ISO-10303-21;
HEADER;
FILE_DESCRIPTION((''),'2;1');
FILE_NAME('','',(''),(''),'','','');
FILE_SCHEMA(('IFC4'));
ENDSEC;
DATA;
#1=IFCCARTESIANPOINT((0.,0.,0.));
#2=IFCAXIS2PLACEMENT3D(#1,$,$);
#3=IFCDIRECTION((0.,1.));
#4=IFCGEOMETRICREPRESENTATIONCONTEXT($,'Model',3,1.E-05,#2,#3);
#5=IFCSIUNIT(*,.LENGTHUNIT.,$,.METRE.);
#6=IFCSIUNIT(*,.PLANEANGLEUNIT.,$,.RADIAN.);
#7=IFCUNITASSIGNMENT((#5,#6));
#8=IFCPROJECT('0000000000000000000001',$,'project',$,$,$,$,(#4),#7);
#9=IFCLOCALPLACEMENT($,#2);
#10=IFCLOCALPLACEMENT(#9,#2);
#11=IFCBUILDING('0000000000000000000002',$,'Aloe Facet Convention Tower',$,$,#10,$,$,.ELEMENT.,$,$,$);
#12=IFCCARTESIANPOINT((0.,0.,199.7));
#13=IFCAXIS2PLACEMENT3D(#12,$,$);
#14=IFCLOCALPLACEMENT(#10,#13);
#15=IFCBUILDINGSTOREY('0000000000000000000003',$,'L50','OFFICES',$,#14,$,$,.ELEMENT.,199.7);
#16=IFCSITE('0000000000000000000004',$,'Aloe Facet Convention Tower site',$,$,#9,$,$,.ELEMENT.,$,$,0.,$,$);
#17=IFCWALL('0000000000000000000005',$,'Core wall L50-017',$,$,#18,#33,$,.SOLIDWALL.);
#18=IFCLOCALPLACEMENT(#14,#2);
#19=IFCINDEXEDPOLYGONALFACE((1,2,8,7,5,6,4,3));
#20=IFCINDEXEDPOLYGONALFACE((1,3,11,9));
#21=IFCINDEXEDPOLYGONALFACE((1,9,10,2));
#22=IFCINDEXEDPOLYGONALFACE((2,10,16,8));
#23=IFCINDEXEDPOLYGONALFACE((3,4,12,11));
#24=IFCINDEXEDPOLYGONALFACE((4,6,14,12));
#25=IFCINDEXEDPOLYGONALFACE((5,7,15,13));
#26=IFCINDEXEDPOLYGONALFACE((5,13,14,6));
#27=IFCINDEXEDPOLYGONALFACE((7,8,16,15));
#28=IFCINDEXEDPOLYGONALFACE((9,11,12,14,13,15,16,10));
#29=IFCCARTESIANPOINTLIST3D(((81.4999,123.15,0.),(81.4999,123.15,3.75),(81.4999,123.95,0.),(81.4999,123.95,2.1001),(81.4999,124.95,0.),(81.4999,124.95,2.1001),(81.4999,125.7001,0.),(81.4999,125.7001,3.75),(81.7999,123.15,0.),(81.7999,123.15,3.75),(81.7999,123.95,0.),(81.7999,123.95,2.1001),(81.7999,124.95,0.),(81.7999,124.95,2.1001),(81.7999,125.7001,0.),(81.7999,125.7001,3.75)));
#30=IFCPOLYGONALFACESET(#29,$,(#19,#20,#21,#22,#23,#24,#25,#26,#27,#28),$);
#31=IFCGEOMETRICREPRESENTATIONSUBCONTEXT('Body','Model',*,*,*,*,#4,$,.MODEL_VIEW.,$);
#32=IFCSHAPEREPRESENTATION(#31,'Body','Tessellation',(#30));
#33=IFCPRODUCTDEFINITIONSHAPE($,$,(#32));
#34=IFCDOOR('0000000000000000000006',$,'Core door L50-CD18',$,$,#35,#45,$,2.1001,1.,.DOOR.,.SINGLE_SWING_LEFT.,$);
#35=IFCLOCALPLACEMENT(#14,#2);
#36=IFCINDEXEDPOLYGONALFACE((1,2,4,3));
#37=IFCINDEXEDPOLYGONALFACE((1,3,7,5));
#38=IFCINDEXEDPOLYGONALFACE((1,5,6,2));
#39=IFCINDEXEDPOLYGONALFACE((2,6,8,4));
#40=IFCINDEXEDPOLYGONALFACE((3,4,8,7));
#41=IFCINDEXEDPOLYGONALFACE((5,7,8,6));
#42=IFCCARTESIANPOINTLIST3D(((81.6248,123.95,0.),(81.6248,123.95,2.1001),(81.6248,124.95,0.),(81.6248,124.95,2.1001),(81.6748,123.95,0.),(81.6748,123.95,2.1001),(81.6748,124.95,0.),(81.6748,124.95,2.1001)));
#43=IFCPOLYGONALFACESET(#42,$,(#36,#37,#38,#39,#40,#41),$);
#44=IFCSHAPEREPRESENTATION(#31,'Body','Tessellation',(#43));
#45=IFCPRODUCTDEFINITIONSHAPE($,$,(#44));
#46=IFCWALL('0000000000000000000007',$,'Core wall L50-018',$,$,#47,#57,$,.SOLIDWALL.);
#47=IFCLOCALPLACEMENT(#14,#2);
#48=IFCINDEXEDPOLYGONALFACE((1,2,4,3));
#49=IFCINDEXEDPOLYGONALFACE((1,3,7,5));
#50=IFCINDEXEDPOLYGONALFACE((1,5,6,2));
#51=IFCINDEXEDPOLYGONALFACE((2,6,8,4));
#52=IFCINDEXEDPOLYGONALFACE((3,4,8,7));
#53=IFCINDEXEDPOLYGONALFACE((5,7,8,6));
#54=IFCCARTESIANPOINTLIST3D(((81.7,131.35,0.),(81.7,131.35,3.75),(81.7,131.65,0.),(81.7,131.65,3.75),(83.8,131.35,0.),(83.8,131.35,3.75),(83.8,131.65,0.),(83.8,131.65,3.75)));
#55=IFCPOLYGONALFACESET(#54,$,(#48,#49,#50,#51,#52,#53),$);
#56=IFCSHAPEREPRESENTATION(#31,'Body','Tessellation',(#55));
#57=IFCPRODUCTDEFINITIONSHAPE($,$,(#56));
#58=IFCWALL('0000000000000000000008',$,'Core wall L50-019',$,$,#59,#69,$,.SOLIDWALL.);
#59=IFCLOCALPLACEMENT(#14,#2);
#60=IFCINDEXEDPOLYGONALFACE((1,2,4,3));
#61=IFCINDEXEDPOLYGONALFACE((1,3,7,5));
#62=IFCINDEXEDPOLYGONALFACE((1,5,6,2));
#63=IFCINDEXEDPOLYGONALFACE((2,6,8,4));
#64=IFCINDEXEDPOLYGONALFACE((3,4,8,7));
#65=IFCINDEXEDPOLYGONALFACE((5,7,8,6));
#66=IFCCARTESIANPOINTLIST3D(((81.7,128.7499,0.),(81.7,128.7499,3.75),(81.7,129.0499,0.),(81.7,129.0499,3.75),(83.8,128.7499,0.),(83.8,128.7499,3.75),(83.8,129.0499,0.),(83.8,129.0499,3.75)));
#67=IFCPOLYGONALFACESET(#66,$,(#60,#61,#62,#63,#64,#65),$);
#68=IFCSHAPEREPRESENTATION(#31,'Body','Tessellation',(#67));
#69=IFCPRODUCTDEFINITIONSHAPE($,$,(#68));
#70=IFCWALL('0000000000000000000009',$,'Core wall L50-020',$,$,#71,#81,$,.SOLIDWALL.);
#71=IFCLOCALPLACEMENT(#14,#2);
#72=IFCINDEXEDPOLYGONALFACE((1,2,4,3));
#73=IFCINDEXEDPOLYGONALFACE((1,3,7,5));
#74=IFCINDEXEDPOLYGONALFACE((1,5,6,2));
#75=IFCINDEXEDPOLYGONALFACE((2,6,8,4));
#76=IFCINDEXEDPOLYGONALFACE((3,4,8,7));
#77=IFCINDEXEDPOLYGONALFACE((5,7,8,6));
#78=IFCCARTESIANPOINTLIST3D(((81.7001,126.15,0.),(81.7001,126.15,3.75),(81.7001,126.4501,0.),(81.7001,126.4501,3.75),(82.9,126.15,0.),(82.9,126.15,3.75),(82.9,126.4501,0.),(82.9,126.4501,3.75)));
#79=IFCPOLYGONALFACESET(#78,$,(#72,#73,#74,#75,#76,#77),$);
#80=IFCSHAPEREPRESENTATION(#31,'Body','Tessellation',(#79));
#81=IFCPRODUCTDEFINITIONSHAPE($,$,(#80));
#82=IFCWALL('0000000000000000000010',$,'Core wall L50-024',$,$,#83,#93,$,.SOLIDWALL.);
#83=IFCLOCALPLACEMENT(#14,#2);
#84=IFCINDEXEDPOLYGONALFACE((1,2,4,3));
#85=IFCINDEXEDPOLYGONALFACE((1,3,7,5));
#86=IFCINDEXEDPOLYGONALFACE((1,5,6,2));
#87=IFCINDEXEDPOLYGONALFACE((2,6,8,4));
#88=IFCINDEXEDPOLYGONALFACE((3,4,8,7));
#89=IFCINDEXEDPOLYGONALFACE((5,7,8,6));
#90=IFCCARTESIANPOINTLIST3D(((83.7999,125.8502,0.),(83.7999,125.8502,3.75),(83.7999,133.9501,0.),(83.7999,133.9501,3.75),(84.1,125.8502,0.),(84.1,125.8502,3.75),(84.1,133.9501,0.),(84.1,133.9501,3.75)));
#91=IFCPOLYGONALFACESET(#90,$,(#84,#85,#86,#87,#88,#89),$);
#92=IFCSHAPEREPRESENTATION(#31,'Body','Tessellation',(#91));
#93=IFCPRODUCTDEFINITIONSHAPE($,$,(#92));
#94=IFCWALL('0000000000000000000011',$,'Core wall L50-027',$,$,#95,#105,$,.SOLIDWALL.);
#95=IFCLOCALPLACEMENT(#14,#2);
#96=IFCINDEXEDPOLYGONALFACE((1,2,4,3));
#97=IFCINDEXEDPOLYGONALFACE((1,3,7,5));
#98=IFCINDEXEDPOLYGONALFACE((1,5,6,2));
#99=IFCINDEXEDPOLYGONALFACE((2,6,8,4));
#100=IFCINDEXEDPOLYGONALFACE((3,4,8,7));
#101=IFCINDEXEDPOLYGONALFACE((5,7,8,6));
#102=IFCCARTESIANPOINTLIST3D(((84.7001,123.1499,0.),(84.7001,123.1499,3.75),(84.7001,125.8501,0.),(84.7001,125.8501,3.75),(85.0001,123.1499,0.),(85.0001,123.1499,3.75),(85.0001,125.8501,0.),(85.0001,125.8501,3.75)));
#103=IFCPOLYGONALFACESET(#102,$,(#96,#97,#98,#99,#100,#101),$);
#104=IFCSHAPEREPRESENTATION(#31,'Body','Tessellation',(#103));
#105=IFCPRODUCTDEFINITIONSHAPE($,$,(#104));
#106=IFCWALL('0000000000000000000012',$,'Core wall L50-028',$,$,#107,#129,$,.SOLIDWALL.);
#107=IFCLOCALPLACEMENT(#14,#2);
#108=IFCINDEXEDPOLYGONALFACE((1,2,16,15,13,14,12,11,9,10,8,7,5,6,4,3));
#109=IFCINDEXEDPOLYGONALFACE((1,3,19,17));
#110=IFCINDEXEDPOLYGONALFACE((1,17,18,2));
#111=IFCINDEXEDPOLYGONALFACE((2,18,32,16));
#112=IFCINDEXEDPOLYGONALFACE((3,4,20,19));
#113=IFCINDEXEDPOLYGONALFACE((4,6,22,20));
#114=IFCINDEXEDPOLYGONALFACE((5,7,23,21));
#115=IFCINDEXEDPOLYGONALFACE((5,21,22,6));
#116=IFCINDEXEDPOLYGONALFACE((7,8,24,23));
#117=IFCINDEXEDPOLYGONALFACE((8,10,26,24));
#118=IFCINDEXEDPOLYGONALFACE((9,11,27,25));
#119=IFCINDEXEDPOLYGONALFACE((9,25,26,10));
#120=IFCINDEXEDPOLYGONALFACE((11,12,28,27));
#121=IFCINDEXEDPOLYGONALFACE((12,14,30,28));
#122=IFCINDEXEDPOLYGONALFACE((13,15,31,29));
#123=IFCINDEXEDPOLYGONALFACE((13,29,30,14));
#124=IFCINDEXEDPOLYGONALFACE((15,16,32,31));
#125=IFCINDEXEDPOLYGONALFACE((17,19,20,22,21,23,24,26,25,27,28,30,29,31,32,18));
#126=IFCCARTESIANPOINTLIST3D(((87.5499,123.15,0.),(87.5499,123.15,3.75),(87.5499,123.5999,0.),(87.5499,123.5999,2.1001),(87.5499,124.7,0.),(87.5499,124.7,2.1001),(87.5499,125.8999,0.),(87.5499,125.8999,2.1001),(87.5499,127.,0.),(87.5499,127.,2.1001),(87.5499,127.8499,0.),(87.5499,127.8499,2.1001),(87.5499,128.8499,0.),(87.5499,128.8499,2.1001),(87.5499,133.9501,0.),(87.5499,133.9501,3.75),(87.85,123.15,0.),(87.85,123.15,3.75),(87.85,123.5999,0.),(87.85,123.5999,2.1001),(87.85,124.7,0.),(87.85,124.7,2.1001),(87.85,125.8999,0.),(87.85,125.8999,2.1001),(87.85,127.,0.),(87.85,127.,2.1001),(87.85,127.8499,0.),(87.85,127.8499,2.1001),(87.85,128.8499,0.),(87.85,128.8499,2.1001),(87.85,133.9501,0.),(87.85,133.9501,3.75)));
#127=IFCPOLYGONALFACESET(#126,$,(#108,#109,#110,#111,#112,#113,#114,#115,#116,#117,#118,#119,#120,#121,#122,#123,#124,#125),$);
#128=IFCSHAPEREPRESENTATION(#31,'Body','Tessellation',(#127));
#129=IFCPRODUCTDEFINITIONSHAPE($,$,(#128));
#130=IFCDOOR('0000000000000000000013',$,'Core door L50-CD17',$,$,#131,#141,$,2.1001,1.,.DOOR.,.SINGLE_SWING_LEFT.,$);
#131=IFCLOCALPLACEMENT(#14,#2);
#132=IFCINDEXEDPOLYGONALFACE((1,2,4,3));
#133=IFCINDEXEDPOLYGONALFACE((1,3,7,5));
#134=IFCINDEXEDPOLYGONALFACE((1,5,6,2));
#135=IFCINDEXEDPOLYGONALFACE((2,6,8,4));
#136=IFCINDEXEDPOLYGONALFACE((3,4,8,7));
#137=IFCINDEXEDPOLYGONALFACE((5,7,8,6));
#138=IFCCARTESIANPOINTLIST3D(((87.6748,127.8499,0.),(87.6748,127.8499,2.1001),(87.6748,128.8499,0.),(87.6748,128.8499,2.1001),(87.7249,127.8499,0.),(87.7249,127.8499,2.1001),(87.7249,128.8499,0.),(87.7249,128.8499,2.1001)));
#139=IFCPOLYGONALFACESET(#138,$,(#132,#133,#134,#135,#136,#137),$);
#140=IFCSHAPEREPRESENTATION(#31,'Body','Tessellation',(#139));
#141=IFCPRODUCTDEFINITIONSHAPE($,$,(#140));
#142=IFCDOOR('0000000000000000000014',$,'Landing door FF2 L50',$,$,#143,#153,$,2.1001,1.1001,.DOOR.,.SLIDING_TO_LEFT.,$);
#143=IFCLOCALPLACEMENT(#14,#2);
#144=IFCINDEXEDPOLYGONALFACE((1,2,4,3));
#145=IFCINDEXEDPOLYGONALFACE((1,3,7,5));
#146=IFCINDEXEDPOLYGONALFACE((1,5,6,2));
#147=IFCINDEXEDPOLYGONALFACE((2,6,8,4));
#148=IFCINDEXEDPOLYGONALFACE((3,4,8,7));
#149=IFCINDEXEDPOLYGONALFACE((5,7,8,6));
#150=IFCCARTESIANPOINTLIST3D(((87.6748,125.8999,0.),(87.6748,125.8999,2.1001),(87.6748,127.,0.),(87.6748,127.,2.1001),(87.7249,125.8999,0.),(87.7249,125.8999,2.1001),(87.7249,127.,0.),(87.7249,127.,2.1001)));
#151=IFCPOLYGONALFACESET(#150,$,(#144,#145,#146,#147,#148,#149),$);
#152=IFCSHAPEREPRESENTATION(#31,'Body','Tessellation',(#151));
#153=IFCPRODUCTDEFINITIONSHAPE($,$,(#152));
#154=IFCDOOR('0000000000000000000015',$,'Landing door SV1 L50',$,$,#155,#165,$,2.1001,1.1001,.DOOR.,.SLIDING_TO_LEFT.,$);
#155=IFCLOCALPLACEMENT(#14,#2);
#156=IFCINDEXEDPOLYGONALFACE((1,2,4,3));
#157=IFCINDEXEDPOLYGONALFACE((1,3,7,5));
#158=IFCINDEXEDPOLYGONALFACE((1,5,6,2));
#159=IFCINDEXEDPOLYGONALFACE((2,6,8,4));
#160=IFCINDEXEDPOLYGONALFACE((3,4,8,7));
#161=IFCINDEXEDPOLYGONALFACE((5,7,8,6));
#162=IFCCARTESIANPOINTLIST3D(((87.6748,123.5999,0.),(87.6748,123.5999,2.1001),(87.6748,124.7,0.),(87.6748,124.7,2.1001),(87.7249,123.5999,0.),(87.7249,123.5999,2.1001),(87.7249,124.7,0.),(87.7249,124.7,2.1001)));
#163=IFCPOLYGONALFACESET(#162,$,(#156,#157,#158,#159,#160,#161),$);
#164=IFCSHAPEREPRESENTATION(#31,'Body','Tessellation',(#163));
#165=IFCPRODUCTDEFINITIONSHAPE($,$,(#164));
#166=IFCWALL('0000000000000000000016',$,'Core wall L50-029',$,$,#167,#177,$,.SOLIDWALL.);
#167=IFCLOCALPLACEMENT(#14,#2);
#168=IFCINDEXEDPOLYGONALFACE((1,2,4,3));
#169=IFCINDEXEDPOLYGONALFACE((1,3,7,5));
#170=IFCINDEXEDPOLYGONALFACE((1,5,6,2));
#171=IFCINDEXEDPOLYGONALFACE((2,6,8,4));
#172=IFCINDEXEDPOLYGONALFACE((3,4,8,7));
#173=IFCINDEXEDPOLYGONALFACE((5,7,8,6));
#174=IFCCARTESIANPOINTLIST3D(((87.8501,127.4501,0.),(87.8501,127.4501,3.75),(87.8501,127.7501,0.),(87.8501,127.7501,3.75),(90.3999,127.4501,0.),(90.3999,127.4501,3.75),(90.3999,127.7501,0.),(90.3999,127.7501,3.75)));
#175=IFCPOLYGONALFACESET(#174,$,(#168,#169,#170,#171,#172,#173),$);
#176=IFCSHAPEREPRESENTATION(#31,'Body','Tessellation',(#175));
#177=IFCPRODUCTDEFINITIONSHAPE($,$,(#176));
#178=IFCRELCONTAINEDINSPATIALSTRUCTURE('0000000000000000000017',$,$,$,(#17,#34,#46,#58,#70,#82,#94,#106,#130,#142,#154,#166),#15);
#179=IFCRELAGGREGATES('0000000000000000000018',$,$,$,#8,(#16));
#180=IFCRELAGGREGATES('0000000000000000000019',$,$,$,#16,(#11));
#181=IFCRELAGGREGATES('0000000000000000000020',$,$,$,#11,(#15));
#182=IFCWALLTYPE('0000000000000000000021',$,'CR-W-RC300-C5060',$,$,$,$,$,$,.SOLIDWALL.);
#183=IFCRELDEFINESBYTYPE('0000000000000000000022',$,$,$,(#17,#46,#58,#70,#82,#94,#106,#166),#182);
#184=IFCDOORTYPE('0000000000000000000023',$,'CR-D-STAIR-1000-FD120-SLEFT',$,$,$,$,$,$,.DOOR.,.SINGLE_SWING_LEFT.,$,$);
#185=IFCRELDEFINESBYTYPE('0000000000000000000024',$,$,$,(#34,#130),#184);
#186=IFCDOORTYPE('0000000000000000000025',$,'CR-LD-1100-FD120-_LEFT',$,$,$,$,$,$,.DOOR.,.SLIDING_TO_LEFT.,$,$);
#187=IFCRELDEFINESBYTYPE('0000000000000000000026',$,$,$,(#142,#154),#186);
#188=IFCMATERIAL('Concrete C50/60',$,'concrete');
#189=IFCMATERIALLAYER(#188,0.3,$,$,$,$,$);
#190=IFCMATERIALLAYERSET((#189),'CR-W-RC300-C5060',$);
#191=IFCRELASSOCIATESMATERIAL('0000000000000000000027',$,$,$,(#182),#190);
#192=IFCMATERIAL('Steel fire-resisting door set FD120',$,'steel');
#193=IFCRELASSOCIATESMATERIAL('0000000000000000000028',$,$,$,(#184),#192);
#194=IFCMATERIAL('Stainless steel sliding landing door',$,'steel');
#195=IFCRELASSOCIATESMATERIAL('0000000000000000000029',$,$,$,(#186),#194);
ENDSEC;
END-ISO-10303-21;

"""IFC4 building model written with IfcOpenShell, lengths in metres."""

from ifc_helpers import new_model, si_unit, direction, frame, frame_2d, origin, place, context, subcontext, project, spatial, rectangle, extrude, material, layer, layer_set, type_object, element, fill, save


model = new_model("IFC4")

# Units and contexts
model_context = context("Model", 3, precision=1e-05, world=origin(), true_north=direction((0.0, 1.0)))
body_context = subcontext(model_context, "Body", "Model", "MODEL_VIEW")
ifc_project = project(units=[si_unit("LENGTHUNIT", "METRE"), si_unit("PLANEANGLEUNIT", "RADIAN")], contexts=[model_context])

# Site, building, storey
site_placement = place(None, origin())
site = spatial("IfcSite", under=ifc_project, at=site_placement, Name="Aloe Facet Convention Tower site", CompositionType="ELEMENT", RefElevation=0.0)
building_placement = place(site_placement, origin())
building = spatial("IfcBuilding", under=site, at=building_placement, Name="Aloe Facet Convention Tower", CompositionType="ELEMENT")
storey_placement = place(building_placement, frame((0.0, 0.0, 199.7)))
storey = spatial("IfcBuildingStorey", under=building, at=storey_placement, Name="L50", Description="OFFICES", CompositionType="ELEMENT", Elevation=199.7)

# Shared definitions
ifc_material_1 = material(Name="Concrete C50/60", Category="concrete")
ifc_layer_1 = layer(ifc_material_1, 0.3)
ifc_layer_set_1 = layer_set([ifc_layer_1], Name="CR-W-RC300-C5060")
wall_type_1 = type_object("IfcWallType", Name="CR-W-RC300-C5060", PredefinedType="SOLIDWALL", material=ifc_layer_set_1)

# Wall, opening, door
wall_1_placement = place(storey_placement, frame((81.6499, 125.7, 0.0), z_axis=(0.0, 0.0, 1.0), x_axis=(0.0, -1.0, 0.0)))
wall_1 = element("IfcWall", 1, at=wall_1_placement, inside=storey, type_object=wall_type_1, Name="Core wall L50-017", PredefinedType="SOLIDWALL", context=body_context, shape_type="SweptSolid", body=[
    extrude(rectangle(XDim=2.55, YDim=0.3, at=frame_2d((1.2749, 0.0))), origin(), (0.0, 0.0, 1.0), 3.75),
])
opening_1_placement = place(wall_1_placement, frame((0.75, 0.0, 0.0)))
opening_1 = element("IfcOpeningElement", 2, at=opening_1_placement, cuts=wall_1, PredefinedType="OPENING", context=body_context, shape_type="SweptSolid", body=[
    extrude(rectangle(XDim=1.0, YDim=2.1001, at=frame_2d((0.5, 1.05))), frame((0.0, 0.1602, 0.0), z_axis=(0.0, -1.0, 0.0), x_axis=(1.0, 0.0, 0.0)), (0.0, 0.0, 1.0), 0.3201),
])
ifc_material_2 = material(Name="Steel fire-resisting door set FD120", Category="steel")
door_type_1 = type_object("IfcDoorType", Name="CR-D-STAIR-1000-FD120-SLEFT", OperationType="SINGLE_SWING_LEFT", PredefinedType="DOOR", material=ifc_material_2)
door_1_placement = place(opening_1_placement, origin())
door_1 = element("IfcDoor", 3, at=door_1_placement, inside=storey, type_object=door_type_1, Name="Core door L50-CD18", OperationType="SINGLE_SWING_LEFT", OverallHeight=2.1001, OverallWidth=1.0, PredefinedType="DOOR", context=body_context, shape_type="SweptSolid", body=[
    extrude(rectangle(XDim=1.0, YDim=2.1001, at=frame_2d((0.5, 1.05))), frame((0.0, 0.0249, 0.0), z_axis=(0.0, -1.0, 0.0), x_axis=(1.0, 0.0, 0.0)), (0.0, 0.0, 1.0), 0.05),
])
fill(opening_1, door_1)

# Walls
for number, where, z_axis, x_axis, name in (
    (4, (81.7, 131.5, 0.0), (0.0, 0.0, 1.0), (1.0, 0.0, 0.0), "Core wall L50-018"),
    (5, (81.7, 128.8999, 0.0), (0.0, 0.0, 1.0), (1.0, 0.0, 0.0), "Core wall L50-019"),
):
    element("IfcWall", number, at=place(storey_placement, frame(where, z_axis=z_axis, x_axis=x_axis)), inside=storey, type_object=wall_type_1, Name=name, PredefinedType="SOLIDWALL", context=body_context, shape_type="SweptSolid", body=[
        extrude(rectangle(XDim=2.1001, YDim=0.3, at=frame_2d((1.05, 0.0))), origin(), (0.0, 0.0, 1.0), 3.75),
    ])
wall_2_placement = place(storey_placement, frame((81.7, 126.3, 0.0), z_axis=(0.0, 0.0, 1.0), x_axis=(1.0, 0.0, 0.0)))
element("IfcWall", 6, at=wall_2_placement, inside=storey, type_object=wall_type_1, Name="Core wall L50-020", PredefinedType="SOLIDWALL", context=body_context, shape_type="SweptSolid", body=[
    extrude(rectangle(XDim=1.2, YDim=0.3, at=frame_2d((0.6001, 0.0))), origin(), (0.0, 0.0, 1.0), 3.75),
])
wall_3_placement = place(storey_placement, frame((83.95, 133.95, 0.0), z_axis=(0.0, 0.0, 1.0), x_axis=(0.0, -1.0, 0.0)))
element("IfcWall", 7, at=wall_3_placement, inside=storey, type_object=wall_type_1, Name="Core wall L50-024", PredefinedType="SOLIDWALL", context=body_context, shape_type="SweptSolid", body=[
    extrude(rectangle(XDim=8.0999, YDim=0.3, at=frame_2d((4.0498, 0.0))), origin(), (0.0, 0.0, 1.0), 3.75),
])
wall_4_placement = place(storey_placement, frame((84.8501, 125.8501, 0.0), z_axis=(0.0, 0.0, 1.0), x_axis=(0.0, -1.0, 0.0)))
element("IfcWall", 8, at=wall_4_placement, inside=storey, type_object=wall_type_1, Name="Core wall L50-027", PredefinedType="SOLIDWALL", context=body_context, shape_type="SweptSolid", body=[
    extrude(rectangle(XDim=2.7002, YDim=0.3, at=frame_2d((1.3501, 0.0))), origin(), (0.0, 0.0, 1.0), 3.75),
])

# Wall, openings, doors
wall_5_placement = place(storey_placement, frame((87.7, 133.95, 0.0), z_axis=(0.0, 0.0, 1.0), x_axis=(0.0, -1.0, 0.0)))
wall_5 = element("IfcWall", 9, at=wall_5_placement, inside=storey, type_object=wall_type_1, Name="Core wall L50-028", PredefinedType="SOLIDWALL", context=body_context, shape_type="SweptSolid", body=[
    extrude(rectangle(XDim=10.8, YDim=0.3, at=frame_2d((5.3999, 0.0))), origin(), (0.0, 0.0, 1.0), 3.75),
])
opening_2_placement = place(wall_5_placement, frame((6.95, 0.0, 0.0)))
opening_2 = element("IfcOpeningElement", 10, at=opening_2_placement, cuts=wall_5, PredefinedType="OPENING", context=body_context, shape_type="SweptSolid", body=[
    extrude(rectangle(XDim=1.1001, YDim=2.1001, at=frame_2d((0.55, 1.05))), frame((0.0, 0.1602, 0.0), z_axis=(0.0, -1.0, 0.0), x_axis=(1.0, 0.0, 0.0)), (0.0, 0.0, 1.0), 0.3201),
])
opening_3_placement = place(wall_5_placement, frame((5.1001, 0.0, 0.0)))
opening_3 = element("IfcOpeningElement", 11, at=opening_3_placement, cuts=wall_5, PredefinedType="OPENING", context=body_context, shape_type="SweptSolid", body=[
    extrude(rectangle(XDim=1.0, YDim=2.1001, at=frame_2d((0.5, 1.05))), frame((0.0, 0.1602, 0.0), z_axis=(0.0, -1.0, 0.0), x_axis=(1.0, 0.0, 0.0)), (0.0, 0.0, 1.0), 0.3201),
])
opening_4_placement = place(wall_5_placement, frame((9.25, 0.0, 0.0)))
opening_4 = element("IfcOpeningElement", 12, at=opening_4_placement, cuts=wall_5, PredefinedType="OPENING", context=body_context, shape_type="SweptSolid", body=[
    extrude(rectangle(XDim=1.1001, YDim=2.1001, at=frame_2d((0.55, 1.05))), frame((0.0, 0.1602, 0.0), z_axis=(0.0, -1.0, 0.0), x_axis=(1.0, 0.0, 0.0)), (0.0, 0.0, 1.0), 0.3201),
])
door_2_placement = place(opening_3_placement, origin())
door_2 = element("IfcDoor", 13, at=door_2_placement, inside=storey, type_object=door_type_1, Name="Core door L50-CD17", OperationType="SINGLE_SWING_LEFT", OverallHeight=2.1001, OverallWidth=1.0, PredefinedType="DOOR", context=body_context, shape_type="SweptSolid", body=[
    extrude(rectangle(XDim=1.0, YDim=2.1001, at=frame_2d((0.5, 1.05))), frame((0.0, 0.0249, 0.0), z_axis=(0.0, -1.0, 0.0), x_axis=(1.0, 0.0, 0.0)), (0.0, 0.0, 1.0), 0.05),
])
fill(opening_3, door_2)
ifc_material_3 = material(Name="Stainless steel sliding landing door", Category="steel")
door_type_2 = type_object("IfcDoorType", Name="CR-LD-1100-FD120-_LEFT", OperationType="SLIDING_TO_LEFT", PredefinedType="DOOR", material=ifc_material_3)
door_3_placement = place(opening_2_placement, origin())
door_3 = element("IfcDoor", 14, at=door_3_placement, inside=storey, type_object=door_type_2, Name="Landing door FF2 L50", OperationType="SLIDING_TO_LEFT", OverallHeight=2.1001, OverallWidth=1.1001, PredefinedType="DOOR", context=body_context, shape_type="SweptSolid", body=[
    extrude(rectangle(XDim=1.1001, YDim=2.1001, at=frame_2d((0.55, 1.05))), frame((0.0, 0.0249, 0.0), z_axis=(0.0, -1.0, 0.0), x_axis=(1.0, 0.0, 0.0)), (0.0, 0.0, 1.0), 0.05),
])
fill(opening_2, door_3)
door_4_placement = place(opening_4_placement, origin())
door_4 = element("IfcDoor", 15, at=door_4_placement, inside=storey, type_object=door_type_2, Name="Landing door SV1 L50", OperationType="SLIDING_TO_LEFT", OverallHeight=2.1001, OverallWidth=1.1001, PredefinedType="DOOR", context=body_context, shape_type="SweptSolid", body=[
    extrude(rectangle(XDim=1.1001, YDim=2.1001, at=frame_2d((0.55, 1.05))), frame((0.0, 0.0249, 0.0), z_axis=(0.0, -1.0, 0.0), x_axis=(1.0, 0.0, 0.0)), (0.0, 0.0, 1.0), 0.05),
])
fill(opening_4, door_4)

# Wall
for number, where, z_axis, x_axis, name in (
    (16, (87.8501, 127.6001, 0.0), (0.0, 0.0, 1.0), (1.0, 0.0, 0.0), "Core wall L50-029"),
):
    element("IfcWall", number, at=place(storey_placement, frame(where, z_axis=z_axis, x_axis=x_axis)), inside=storey, type_object=wall_type_1, Name=name, PredefinedType="SOLIDWALL", context=body_context, shape_type="SweptSolid", body=[
        extrude(rectangle(XDim=2.5498, YDim=0.3, at=frame_2d((1.2749, 0.0))), origin(), (0.0, 0.0, 1.0), 3.75),
    ])

save(model, "model.ifc")
